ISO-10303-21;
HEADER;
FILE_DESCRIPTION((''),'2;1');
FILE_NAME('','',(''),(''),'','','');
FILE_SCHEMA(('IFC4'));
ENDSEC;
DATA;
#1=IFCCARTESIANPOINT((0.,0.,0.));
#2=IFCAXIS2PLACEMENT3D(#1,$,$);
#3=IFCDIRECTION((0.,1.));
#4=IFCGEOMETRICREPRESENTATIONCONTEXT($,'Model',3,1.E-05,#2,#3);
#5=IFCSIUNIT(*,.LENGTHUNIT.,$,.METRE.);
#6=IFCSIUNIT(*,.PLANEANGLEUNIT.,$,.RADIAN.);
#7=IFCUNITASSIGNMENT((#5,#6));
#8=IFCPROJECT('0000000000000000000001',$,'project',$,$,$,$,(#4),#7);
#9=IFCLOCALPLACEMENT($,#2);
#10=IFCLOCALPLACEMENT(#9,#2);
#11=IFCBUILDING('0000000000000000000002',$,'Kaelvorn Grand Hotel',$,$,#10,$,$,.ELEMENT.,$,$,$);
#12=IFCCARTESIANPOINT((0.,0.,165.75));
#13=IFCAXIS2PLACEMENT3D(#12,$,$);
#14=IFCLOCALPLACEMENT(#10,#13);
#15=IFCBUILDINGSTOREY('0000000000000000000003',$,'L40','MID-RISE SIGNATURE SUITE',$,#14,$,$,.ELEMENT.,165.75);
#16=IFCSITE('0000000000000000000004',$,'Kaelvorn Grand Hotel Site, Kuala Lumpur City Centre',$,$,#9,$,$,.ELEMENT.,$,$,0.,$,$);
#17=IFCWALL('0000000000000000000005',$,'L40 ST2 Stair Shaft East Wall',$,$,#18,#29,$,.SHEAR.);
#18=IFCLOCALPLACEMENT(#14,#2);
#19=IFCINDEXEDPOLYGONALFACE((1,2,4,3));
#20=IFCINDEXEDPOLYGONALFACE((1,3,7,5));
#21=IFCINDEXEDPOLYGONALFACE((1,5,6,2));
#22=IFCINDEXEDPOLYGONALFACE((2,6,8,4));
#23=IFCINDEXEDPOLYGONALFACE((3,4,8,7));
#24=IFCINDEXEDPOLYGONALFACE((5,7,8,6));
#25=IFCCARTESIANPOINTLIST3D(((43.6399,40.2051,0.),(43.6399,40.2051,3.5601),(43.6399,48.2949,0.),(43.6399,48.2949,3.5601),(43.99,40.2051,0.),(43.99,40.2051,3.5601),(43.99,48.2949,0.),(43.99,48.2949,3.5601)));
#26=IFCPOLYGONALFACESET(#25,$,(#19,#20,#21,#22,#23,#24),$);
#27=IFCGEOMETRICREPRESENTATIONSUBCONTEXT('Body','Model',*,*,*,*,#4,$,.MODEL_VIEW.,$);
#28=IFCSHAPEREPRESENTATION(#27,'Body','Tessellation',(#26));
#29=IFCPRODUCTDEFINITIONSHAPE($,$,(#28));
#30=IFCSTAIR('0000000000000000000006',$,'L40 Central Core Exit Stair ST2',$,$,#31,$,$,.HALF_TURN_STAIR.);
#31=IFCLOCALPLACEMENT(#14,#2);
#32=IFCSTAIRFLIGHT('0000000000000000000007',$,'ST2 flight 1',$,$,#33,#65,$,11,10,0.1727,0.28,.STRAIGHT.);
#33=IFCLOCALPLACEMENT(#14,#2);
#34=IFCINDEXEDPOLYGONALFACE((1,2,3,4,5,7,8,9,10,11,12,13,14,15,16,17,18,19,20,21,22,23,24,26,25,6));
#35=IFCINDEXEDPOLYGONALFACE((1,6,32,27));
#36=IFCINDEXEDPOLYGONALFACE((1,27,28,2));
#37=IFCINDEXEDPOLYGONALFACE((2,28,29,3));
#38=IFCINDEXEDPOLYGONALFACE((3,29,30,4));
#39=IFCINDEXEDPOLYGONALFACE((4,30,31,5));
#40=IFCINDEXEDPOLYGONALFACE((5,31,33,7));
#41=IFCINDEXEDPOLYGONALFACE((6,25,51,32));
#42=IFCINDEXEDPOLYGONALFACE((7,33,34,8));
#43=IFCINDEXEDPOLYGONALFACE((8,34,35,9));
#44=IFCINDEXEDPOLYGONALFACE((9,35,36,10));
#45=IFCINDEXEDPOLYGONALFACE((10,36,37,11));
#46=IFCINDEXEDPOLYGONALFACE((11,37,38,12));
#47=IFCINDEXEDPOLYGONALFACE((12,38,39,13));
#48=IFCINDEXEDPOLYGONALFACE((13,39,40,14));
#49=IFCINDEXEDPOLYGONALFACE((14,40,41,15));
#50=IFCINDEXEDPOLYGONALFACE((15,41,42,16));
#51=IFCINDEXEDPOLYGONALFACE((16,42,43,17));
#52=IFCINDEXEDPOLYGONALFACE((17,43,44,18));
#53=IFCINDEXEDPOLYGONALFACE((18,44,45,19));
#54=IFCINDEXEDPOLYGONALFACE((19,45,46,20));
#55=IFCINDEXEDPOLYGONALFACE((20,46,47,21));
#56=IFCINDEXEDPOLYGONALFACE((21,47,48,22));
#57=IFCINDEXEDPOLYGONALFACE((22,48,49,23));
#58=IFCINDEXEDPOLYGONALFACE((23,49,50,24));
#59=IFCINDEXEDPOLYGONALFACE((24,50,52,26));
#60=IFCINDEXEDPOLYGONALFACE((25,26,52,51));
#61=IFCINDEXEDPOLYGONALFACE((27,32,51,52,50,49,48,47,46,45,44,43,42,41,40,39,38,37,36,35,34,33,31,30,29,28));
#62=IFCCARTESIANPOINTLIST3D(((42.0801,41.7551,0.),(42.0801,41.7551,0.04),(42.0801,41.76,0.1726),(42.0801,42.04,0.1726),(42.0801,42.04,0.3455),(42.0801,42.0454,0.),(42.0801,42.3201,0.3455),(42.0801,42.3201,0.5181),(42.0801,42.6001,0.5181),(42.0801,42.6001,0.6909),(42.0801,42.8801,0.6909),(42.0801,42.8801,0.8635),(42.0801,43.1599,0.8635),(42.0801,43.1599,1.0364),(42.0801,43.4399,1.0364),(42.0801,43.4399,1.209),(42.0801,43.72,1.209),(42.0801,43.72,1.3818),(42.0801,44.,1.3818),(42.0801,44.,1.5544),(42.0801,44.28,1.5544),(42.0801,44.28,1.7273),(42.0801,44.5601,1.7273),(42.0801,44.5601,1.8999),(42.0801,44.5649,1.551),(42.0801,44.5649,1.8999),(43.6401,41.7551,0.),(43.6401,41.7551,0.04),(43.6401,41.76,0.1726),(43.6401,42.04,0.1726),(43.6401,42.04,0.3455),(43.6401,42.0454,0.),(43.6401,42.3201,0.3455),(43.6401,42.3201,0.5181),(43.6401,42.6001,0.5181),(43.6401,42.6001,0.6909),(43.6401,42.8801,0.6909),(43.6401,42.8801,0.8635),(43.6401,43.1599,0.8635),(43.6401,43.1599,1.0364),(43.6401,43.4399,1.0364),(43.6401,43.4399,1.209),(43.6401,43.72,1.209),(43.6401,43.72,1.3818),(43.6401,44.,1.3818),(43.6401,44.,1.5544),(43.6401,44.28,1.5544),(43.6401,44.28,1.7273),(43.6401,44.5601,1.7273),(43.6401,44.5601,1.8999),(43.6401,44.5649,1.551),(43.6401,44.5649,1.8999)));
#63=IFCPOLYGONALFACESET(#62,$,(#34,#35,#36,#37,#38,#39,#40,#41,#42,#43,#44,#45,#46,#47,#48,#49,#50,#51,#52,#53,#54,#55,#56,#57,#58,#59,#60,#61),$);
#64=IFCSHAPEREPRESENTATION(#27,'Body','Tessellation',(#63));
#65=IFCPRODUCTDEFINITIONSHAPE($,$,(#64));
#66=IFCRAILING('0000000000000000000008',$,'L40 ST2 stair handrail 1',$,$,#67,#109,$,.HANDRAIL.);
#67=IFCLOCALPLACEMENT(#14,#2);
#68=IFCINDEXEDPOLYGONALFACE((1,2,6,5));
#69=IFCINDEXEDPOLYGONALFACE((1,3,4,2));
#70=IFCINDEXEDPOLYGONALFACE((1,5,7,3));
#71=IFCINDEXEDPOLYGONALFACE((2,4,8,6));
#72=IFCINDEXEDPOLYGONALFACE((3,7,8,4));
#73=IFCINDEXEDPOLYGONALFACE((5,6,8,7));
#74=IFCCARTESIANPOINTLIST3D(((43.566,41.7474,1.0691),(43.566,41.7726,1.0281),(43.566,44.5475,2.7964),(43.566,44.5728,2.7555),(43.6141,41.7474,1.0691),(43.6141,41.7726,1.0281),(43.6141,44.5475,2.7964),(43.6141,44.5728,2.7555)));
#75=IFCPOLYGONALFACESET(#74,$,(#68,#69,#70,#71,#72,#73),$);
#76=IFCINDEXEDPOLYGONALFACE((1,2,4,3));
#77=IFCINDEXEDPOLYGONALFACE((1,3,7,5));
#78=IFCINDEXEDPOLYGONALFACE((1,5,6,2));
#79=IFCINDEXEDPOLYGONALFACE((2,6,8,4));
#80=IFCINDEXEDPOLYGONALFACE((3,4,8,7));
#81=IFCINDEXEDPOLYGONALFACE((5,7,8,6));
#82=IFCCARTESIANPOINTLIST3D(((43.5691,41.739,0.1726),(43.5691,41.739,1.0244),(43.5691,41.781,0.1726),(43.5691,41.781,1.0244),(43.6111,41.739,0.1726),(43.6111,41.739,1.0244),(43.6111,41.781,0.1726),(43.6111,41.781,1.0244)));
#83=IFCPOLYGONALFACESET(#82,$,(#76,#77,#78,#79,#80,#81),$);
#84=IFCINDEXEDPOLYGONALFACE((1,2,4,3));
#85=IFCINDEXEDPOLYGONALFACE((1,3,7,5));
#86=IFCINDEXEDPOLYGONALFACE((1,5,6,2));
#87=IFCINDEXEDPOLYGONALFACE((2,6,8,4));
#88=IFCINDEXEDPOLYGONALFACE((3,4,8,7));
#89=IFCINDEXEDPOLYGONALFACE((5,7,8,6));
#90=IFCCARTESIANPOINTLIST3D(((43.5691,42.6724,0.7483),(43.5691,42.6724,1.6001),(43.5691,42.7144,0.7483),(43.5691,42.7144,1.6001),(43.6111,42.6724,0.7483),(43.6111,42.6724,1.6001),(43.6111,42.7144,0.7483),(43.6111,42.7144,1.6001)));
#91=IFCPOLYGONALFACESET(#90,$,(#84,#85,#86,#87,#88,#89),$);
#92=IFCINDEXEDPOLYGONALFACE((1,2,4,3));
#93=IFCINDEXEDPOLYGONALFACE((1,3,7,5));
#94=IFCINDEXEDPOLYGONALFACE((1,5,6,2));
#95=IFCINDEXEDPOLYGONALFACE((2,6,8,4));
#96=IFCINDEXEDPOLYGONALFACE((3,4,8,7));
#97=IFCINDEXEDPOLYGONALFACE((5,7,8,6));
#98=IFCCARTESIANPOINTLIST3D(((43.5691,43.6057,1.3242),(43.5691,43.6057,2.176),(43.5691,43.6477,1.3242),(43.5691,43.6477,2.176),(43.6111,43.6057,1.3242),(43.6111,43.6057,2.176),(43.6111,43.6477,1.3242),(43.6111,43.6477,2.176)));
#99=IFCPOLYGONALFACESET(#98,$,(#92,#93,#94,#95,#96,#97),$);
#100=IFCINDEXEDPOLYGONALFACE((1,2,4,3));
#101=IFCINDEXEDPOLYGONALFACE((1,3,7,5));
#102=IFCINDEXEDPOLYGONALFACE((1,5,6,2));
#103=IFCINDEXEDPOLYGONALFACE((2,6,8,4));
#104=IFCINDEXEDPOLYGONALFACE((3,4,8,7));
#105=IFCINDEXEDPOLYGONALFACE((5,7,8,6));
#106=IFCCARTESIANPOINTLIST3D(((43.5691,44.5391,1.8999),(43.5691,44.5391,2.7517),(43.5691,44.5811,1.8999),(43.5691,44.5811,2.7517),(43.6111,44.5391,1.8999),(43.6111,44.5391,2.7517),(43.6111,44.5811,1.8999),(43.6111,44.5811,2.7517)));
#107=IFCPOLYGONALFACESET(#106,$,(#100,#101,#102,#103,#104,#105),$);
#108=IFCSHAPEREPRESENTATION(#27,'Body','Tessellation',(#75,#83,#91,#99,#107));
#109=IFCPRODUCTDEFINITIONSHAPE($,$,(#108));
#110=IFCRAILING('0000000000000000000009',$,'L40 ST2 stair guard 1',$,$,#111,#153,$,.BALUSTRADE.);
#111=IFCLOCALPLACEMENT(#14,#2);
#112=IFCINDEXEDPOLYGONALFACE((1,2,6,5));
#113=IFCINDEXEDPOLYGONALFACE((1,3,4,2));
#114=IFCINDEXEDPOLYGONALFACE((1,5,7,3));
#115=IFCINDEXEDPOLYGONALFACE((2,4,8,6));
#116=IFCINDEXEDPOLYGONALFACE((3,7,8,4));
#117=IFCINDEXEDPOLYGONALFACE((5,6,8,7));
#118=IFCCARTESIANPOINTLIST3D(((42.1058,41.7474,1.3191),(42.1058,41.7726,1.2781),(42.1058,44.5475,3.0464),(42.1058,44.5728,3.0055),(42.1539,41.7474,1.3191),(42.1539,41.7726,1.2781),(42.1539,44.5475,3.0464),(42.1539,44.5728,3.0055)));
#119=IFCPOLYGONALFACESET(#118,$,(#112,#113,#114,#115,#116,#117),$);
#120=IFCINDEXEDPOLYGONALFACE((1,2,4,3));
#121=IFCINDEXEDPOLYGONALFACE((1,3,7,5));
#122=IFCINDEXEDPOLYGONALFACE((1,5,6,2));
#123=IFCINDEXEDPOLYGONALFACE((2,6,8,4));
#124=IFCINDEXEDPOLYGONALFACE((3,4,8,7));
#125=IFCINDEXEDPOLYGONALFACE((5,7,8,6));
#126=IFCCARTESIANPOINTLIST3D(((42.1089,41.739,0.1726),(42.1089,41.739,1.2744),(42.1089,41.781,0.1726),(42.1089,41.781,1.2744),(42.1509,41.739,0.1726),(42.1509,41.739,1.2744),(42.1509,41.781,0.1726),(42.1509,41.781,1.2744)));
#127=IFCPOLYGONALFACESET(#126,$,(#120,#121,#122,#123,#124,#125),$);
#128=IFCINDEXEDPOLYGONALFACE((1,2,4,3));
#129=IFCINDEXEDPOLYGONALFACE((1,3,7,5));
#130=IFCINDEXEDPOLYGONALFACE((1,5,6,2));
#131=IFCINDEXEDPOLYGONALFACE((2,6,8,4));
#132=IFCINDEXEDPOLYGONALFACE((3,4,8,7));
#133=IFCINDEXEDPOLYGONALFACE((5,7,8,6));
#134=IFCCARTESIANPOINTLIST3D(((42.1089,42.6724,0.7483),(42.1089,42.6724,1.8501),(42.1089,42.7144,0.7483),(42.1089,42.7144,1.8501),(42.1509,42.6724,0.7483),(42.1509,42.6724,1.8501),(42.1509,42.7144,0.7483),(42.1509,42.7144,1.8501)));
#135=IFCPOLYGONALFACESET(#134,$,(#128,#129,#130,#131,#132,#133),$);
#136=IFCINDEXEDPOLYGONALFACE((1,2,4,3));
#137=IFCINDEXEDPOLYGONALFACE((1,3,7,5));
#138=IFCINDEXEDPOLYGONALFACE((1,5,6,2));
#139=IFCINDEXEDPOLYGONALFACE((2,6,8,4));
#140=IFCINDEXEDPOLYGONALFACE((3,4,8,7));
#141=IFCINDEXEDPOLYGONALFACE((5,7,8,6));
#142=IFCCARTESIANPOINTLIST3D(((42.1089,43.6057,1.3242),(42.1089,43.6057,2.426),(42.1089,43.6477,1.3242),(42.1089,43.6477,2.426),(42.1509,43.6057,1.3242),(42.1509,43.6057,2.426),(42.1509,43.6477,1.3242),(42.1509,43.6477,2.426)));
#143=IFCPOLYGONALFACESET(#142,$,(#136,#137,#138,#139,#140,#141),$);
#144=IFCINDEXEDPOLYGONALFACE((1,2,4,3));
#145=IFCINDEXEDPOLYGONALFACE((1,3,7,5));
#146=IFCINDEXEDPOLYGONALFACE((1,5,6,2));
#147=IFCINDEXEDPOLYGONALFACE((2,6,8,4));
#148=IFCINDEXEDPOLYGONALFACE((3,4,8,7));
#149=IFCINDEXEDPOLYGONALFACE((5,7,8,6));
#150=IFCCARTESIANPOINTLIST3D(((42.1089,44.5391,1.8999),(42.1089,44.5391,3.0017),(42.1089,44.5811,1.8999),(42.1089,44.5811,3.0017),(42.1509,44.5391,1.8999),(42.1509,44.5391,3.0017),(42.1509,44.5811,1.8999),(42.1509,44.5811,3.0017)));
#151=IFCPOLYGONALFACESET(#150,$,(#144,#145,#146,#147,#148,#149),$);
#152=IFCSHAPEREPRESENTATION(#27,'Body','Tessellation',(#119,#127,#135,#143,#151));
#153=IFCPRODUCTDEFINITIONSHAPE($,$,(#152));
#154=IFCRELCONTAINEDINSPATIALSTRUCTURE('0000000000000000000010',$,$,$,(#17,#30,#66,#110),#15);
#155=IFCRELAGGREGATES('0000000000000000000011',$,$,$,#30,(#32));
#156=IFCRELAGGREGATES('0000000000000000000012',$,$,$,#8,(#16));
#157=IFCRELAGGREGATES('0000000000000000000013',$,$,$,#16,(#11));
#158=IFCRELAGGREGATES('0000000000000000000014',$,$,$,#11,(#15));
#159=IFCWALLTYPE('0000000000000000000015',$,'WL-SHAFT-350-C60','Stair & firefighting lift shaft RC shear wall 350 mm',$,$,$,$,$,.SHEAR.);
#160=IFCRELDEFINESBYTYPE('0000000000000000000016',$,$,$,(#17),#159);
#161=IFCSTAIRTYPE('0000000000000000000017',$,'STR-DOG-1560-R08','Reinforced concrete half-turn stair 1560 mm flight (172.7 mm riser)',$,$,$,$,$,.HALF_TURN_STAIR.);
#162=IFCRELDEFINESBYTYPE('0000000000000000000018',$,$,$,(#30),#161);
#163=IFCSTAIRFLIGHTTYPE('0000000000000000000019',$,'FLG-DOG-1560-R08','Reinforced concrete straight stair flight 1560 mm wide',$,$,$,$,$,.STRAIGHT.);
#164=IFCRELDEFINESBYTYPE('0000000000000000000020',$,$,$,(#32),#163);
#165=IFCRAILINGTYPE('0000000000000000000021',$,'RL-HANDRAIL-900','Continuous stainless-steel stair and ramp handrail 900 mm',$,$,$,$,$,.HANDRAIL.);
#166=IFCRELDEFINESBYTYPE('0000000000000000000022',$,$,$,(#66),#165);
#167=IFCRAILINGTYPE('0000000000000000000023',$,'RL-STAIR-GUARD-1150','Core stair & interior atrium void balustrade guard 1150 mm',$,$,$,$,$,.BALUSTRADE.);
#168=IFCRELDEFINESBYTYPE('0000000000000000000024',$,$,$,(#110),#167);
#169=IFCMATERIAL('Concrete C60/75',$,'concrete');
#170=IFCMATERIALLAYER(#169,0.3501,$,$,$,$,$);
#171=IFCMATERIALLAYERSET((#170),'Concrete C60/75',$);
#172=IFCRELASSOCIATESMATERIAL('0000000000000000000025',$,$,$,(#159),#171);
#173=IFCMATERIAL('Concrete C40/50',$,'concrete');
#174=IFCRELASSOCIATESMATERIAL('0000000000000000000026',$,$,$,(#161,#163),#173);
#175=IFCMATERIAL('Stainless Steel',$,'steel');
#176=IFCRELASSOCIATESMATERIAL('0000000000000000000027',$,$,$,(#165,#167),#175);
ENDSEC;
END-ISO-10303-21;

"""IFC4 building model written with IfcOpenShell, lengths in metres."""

from ifc_helpers import new_model, si_unit, direction, frame, frame_2d, origin, origin_2d, place, context, subcontext, project, spatial, polyline, rectangle, outline, extrude, material, layer, layer_set, type_object, element, aggregate, save


model = new_model("IFC4")

# Units and contexts
model_context = context("Model", 3, precision=1e-05, world=origin(), true_north=direction((0.0, 1.0)))
body_context = subcontext(model_context, "Body", "Model", "MODEL_VIEW")
ifc_project = project(units=[si_unit("LENGTHUNIT", "METRE"), si_unit("PLANEANGLEUNIT", "RADIAN")], contexts=[model_context])

# Site, building, storey
site_placement = place(None, origin())
site = spatial("IfcSite", under=ifc_project, at=site_placement, Name="Kaelvorn Grand Hotel Site, Kuala Lumpur City Centre", CompositionType="ELEMENT", RefElevation=0.0)
building_placement = place(site_placement, origin())
building = spatial("IfcBuilding", under=site, at=building_placement, Name="Kaelvorn Grand Hotel", CompositionType="ELEMENT")
storey_placement = place(building_placement, frame((0.0, 0.0, 165.75)))
storey = spatial("IfcBuildingStorey", under=building, at=storey_placement, Name="L40", Description="MID-RISE SIGNATURE SUITE", CompositionType="ELEMENT", Elevation=165.75)

# Shared definitions
ifc_material_1 = material(Name="Concrete C60/75", Category="concrete")

# Shared definitions
ifc_material_2 = material(Name="Concrete C40/50", Category="concrete")

# Shared definitions
ifc_material_3 = material(Name="Stainless Steel", Category="steel")

# Wall
ifc_layer_1 = layer(ifc_material_1, 0.3501)
ifc_layer_set_1 = layer_set([ifc_layer_1], Name="Concrete C60/75")
wall_type_1 = type_object("IfcWallType", Name="WL-SHAFT-350-C60", Description="Stair & firefighting lift shaft RC shear wall 350 mm", PredefinedType="SHEAR", material=ifc_layer_set_1)
wall_1_placement = place(storey_placement, frame((43.8149, 40.2051, 0.0), z_axis=(0.0, 0.0, 1.0), x_axis=(0.0, 1.0, 0.0)))
element("IfcWall", 1, at=wall_1_placement, inside=storey, type_object=wall_type_1, Name="L40 ST2 Stair Shaft East Wall", PredefinedType="SHEAR", context=body_context, shape_type="SweptSolid", body=[
    extrude(rectangle(XDim=8.0898, YDim=0.3501, at=frame_2d((4.0449, 0.0))), origin(), (0.0, 0.0, 1.0), 3.5601),
])

# Stair, stair flight
stair_type = type_object("IfcStairType", Name="STR-DOG-1560-R08", Description="Reinforced concrete half-turn stair 1560 mm flight (172.7 mm riser)", PredefinedType="HALF_TURN_STAIR", material=ifc_material_2)
stair_placement = place(storey_placement, origin())
stair = element("IfcStair", 2, at=stair_placement, inside=storey, type_object=stair_type, Name="L40 Central Core Exit Stair ST2", PredefinedType="HALF_TURN_STAIR")
stair_flight_type = type_object("IfcStairFlightType", Name="FLG-DOG-1560-R08", Description="Reinforced concrete straight stair flight 1560 mm wide", PredefinedType="STRAIGHT", material=ifc_material_2)
stair_flight_placement = place(storey_placement, frame((42.8601, 41.76, 0.0), z_axis=(0.0, 0.0, 1.0), x_axis=(0.0, 1.0, 0.0)))
stair_flight = element("IfcStairFlight", 3, at=stair_flight_placement, type_object=stair_flight_type, Name="ST2 flight 1", NumberOfRisers=11, NumberOfTreads=10, PredefinedType="STRAIGHT", RiserHeight=0.1727, TreadLength=0.28, context=body_context, shape_type="SweptSolid", body=[
    extrude(outline(polyline([(-0.0049, 0.0), (-0.0049, 0.04), (0.0, 0.1726), (0.28, 0.1726), (0.28, 0.3455), (0.5601, 0.3455), (0.5601, 0.5181), (0.8401, 0.5181), (0.8401, 0.6909), (1.1201, 0.6909), (1.1201, 0.8635), (1.3999, 0.8635), (1.3999, 1.0364), (1.6799, 1.0364), (1.6799, 1.209), (1.96, 1.209), (1.96, 1.3818), (2.24, 1.3818), (2.24, 1.5544), (2.52, 1.5544), (2.52, 1.7273), (2.8, 1.7273), (2.8, 1.8999), (2.8049, 1.8999), (2.8049, 1.551), (0.2854, 0.0), (-0.0049, 0.0)])), frame((0.0, 0.78, 0.0), z_axis=(0.0, -1.0, 0.0), x_axis=(1.0, 0.0, 0.0)), (0.0, 0.0, 1.0), 1.5601),
])
aggregate(stair, [stair_flight])

# Railings
railing_type_1 = type_object("IfcRailingType", Name="RL-HANDRAIL-900", Description="Continuous stainless-steel stair and ramp handrail 900 mm", PredefinedType="HANDRAIL", material=ifc_material_3)
railing_1_placement = place(storey_placement, frame((43.5901, 41.76, 0.1726)))
element("IfcRailing", 4, at=railing_1_placement, inside=storey, type_object=railing_type_1, Name="L40 ST2 stair handrail 1", PredefinedType="HANDRAIL", context=body_context, shape_type="SweptSolid", body=[
    extrude(rectangle(XDim=0.0481, YDim=0.0481, at=origin_2d()), frame((0.0, 0.0, 0.876), z_axis=(0.0, 0.85109, 0.52502), x_axis=(-1.0, 0.0, 0.0)), (0.0, 0.0, 1.0), 3.29),
    extrude(rectangle(XDim=0.042, YDim=0.042, at=origin_2d()), origin(), (0.0, 0.0, 1.0), 0.8518),
    extrude(rectangle(XDim=0.042, YDim=0.042, at=origin_2d()), frame((0.0, 0.9333, 0.5757)), (0.0, 0.0, 1.0), 0.8518),
    extrude(rectangle(XDim=0.042, YDim=0.042, at=origin_2d()), frame((0.0, 1.8667, 1.1516)), (0.0, 0.0, 1.0), 0.8518),
    extrude(rectangle(XDim=0.042, YDim=0.042, at=origin_2d()), frame((0.0, 2.8, 1.7273)), (0.0, 0.0, 1.0), 0.8518),
])
railing_type_2 = type_object("IfcRailingType", Name="RL-STAIR-GUARD-1150", Description="Core stair & interior atrium void balustrade guard 1150 mm", PredefinedType="BALUSTRADE", material=ifc_material_3)
railing_2_placement = place(storey_placement, frame((42.1299, 41.76, 0.1726)))
element("IfcRailing", 5, at=railing_2_placement, inside=storey, type_object=railing_type_2, Name="L40 ST2 stair guard 1", PredefinedType="BALUSTRADE", context=body_context, shape_type="SweptSolid", body=[
    extrude(rectangle(XDim=0.0481, YDim=0.0481, at=origin_2d()), frame((0.0, 0.0, 1.126), z_axis=(0.0, 0.85109, 0.52502), x_axis=(-1.0, 0.0, 0.0)), (0.0, 0.0, 1.0), 3.29),
    extrude(rectangle(XDim=0.042, YDim=0.042, at=origin_2d()), origin(), (0.0, 0.0, 1.0), 1.1018),
    extrude(rectangle(XDim=0.042, YDim=0.042, at=origin_2d()), frame((0.0, 0.9333, 0.5757)), (0.0, 0.0, 1.0), 1.1018),
    extrude(rectangle(XDim=0.042, YDim=0.042, at=origin_2d()), frame((0.0, 1.8667, 1.1516)), (0.0, 0.0, 1.0), 1.1018),
    extrude(rectangle(XDim=0.042, YDim=0.042, at=origin_2d()), frame((0.0, 2.8, 1.7273)), (0.0, 0.0, 1.0), 1.1018),
])

save(model, "model.ifc")
